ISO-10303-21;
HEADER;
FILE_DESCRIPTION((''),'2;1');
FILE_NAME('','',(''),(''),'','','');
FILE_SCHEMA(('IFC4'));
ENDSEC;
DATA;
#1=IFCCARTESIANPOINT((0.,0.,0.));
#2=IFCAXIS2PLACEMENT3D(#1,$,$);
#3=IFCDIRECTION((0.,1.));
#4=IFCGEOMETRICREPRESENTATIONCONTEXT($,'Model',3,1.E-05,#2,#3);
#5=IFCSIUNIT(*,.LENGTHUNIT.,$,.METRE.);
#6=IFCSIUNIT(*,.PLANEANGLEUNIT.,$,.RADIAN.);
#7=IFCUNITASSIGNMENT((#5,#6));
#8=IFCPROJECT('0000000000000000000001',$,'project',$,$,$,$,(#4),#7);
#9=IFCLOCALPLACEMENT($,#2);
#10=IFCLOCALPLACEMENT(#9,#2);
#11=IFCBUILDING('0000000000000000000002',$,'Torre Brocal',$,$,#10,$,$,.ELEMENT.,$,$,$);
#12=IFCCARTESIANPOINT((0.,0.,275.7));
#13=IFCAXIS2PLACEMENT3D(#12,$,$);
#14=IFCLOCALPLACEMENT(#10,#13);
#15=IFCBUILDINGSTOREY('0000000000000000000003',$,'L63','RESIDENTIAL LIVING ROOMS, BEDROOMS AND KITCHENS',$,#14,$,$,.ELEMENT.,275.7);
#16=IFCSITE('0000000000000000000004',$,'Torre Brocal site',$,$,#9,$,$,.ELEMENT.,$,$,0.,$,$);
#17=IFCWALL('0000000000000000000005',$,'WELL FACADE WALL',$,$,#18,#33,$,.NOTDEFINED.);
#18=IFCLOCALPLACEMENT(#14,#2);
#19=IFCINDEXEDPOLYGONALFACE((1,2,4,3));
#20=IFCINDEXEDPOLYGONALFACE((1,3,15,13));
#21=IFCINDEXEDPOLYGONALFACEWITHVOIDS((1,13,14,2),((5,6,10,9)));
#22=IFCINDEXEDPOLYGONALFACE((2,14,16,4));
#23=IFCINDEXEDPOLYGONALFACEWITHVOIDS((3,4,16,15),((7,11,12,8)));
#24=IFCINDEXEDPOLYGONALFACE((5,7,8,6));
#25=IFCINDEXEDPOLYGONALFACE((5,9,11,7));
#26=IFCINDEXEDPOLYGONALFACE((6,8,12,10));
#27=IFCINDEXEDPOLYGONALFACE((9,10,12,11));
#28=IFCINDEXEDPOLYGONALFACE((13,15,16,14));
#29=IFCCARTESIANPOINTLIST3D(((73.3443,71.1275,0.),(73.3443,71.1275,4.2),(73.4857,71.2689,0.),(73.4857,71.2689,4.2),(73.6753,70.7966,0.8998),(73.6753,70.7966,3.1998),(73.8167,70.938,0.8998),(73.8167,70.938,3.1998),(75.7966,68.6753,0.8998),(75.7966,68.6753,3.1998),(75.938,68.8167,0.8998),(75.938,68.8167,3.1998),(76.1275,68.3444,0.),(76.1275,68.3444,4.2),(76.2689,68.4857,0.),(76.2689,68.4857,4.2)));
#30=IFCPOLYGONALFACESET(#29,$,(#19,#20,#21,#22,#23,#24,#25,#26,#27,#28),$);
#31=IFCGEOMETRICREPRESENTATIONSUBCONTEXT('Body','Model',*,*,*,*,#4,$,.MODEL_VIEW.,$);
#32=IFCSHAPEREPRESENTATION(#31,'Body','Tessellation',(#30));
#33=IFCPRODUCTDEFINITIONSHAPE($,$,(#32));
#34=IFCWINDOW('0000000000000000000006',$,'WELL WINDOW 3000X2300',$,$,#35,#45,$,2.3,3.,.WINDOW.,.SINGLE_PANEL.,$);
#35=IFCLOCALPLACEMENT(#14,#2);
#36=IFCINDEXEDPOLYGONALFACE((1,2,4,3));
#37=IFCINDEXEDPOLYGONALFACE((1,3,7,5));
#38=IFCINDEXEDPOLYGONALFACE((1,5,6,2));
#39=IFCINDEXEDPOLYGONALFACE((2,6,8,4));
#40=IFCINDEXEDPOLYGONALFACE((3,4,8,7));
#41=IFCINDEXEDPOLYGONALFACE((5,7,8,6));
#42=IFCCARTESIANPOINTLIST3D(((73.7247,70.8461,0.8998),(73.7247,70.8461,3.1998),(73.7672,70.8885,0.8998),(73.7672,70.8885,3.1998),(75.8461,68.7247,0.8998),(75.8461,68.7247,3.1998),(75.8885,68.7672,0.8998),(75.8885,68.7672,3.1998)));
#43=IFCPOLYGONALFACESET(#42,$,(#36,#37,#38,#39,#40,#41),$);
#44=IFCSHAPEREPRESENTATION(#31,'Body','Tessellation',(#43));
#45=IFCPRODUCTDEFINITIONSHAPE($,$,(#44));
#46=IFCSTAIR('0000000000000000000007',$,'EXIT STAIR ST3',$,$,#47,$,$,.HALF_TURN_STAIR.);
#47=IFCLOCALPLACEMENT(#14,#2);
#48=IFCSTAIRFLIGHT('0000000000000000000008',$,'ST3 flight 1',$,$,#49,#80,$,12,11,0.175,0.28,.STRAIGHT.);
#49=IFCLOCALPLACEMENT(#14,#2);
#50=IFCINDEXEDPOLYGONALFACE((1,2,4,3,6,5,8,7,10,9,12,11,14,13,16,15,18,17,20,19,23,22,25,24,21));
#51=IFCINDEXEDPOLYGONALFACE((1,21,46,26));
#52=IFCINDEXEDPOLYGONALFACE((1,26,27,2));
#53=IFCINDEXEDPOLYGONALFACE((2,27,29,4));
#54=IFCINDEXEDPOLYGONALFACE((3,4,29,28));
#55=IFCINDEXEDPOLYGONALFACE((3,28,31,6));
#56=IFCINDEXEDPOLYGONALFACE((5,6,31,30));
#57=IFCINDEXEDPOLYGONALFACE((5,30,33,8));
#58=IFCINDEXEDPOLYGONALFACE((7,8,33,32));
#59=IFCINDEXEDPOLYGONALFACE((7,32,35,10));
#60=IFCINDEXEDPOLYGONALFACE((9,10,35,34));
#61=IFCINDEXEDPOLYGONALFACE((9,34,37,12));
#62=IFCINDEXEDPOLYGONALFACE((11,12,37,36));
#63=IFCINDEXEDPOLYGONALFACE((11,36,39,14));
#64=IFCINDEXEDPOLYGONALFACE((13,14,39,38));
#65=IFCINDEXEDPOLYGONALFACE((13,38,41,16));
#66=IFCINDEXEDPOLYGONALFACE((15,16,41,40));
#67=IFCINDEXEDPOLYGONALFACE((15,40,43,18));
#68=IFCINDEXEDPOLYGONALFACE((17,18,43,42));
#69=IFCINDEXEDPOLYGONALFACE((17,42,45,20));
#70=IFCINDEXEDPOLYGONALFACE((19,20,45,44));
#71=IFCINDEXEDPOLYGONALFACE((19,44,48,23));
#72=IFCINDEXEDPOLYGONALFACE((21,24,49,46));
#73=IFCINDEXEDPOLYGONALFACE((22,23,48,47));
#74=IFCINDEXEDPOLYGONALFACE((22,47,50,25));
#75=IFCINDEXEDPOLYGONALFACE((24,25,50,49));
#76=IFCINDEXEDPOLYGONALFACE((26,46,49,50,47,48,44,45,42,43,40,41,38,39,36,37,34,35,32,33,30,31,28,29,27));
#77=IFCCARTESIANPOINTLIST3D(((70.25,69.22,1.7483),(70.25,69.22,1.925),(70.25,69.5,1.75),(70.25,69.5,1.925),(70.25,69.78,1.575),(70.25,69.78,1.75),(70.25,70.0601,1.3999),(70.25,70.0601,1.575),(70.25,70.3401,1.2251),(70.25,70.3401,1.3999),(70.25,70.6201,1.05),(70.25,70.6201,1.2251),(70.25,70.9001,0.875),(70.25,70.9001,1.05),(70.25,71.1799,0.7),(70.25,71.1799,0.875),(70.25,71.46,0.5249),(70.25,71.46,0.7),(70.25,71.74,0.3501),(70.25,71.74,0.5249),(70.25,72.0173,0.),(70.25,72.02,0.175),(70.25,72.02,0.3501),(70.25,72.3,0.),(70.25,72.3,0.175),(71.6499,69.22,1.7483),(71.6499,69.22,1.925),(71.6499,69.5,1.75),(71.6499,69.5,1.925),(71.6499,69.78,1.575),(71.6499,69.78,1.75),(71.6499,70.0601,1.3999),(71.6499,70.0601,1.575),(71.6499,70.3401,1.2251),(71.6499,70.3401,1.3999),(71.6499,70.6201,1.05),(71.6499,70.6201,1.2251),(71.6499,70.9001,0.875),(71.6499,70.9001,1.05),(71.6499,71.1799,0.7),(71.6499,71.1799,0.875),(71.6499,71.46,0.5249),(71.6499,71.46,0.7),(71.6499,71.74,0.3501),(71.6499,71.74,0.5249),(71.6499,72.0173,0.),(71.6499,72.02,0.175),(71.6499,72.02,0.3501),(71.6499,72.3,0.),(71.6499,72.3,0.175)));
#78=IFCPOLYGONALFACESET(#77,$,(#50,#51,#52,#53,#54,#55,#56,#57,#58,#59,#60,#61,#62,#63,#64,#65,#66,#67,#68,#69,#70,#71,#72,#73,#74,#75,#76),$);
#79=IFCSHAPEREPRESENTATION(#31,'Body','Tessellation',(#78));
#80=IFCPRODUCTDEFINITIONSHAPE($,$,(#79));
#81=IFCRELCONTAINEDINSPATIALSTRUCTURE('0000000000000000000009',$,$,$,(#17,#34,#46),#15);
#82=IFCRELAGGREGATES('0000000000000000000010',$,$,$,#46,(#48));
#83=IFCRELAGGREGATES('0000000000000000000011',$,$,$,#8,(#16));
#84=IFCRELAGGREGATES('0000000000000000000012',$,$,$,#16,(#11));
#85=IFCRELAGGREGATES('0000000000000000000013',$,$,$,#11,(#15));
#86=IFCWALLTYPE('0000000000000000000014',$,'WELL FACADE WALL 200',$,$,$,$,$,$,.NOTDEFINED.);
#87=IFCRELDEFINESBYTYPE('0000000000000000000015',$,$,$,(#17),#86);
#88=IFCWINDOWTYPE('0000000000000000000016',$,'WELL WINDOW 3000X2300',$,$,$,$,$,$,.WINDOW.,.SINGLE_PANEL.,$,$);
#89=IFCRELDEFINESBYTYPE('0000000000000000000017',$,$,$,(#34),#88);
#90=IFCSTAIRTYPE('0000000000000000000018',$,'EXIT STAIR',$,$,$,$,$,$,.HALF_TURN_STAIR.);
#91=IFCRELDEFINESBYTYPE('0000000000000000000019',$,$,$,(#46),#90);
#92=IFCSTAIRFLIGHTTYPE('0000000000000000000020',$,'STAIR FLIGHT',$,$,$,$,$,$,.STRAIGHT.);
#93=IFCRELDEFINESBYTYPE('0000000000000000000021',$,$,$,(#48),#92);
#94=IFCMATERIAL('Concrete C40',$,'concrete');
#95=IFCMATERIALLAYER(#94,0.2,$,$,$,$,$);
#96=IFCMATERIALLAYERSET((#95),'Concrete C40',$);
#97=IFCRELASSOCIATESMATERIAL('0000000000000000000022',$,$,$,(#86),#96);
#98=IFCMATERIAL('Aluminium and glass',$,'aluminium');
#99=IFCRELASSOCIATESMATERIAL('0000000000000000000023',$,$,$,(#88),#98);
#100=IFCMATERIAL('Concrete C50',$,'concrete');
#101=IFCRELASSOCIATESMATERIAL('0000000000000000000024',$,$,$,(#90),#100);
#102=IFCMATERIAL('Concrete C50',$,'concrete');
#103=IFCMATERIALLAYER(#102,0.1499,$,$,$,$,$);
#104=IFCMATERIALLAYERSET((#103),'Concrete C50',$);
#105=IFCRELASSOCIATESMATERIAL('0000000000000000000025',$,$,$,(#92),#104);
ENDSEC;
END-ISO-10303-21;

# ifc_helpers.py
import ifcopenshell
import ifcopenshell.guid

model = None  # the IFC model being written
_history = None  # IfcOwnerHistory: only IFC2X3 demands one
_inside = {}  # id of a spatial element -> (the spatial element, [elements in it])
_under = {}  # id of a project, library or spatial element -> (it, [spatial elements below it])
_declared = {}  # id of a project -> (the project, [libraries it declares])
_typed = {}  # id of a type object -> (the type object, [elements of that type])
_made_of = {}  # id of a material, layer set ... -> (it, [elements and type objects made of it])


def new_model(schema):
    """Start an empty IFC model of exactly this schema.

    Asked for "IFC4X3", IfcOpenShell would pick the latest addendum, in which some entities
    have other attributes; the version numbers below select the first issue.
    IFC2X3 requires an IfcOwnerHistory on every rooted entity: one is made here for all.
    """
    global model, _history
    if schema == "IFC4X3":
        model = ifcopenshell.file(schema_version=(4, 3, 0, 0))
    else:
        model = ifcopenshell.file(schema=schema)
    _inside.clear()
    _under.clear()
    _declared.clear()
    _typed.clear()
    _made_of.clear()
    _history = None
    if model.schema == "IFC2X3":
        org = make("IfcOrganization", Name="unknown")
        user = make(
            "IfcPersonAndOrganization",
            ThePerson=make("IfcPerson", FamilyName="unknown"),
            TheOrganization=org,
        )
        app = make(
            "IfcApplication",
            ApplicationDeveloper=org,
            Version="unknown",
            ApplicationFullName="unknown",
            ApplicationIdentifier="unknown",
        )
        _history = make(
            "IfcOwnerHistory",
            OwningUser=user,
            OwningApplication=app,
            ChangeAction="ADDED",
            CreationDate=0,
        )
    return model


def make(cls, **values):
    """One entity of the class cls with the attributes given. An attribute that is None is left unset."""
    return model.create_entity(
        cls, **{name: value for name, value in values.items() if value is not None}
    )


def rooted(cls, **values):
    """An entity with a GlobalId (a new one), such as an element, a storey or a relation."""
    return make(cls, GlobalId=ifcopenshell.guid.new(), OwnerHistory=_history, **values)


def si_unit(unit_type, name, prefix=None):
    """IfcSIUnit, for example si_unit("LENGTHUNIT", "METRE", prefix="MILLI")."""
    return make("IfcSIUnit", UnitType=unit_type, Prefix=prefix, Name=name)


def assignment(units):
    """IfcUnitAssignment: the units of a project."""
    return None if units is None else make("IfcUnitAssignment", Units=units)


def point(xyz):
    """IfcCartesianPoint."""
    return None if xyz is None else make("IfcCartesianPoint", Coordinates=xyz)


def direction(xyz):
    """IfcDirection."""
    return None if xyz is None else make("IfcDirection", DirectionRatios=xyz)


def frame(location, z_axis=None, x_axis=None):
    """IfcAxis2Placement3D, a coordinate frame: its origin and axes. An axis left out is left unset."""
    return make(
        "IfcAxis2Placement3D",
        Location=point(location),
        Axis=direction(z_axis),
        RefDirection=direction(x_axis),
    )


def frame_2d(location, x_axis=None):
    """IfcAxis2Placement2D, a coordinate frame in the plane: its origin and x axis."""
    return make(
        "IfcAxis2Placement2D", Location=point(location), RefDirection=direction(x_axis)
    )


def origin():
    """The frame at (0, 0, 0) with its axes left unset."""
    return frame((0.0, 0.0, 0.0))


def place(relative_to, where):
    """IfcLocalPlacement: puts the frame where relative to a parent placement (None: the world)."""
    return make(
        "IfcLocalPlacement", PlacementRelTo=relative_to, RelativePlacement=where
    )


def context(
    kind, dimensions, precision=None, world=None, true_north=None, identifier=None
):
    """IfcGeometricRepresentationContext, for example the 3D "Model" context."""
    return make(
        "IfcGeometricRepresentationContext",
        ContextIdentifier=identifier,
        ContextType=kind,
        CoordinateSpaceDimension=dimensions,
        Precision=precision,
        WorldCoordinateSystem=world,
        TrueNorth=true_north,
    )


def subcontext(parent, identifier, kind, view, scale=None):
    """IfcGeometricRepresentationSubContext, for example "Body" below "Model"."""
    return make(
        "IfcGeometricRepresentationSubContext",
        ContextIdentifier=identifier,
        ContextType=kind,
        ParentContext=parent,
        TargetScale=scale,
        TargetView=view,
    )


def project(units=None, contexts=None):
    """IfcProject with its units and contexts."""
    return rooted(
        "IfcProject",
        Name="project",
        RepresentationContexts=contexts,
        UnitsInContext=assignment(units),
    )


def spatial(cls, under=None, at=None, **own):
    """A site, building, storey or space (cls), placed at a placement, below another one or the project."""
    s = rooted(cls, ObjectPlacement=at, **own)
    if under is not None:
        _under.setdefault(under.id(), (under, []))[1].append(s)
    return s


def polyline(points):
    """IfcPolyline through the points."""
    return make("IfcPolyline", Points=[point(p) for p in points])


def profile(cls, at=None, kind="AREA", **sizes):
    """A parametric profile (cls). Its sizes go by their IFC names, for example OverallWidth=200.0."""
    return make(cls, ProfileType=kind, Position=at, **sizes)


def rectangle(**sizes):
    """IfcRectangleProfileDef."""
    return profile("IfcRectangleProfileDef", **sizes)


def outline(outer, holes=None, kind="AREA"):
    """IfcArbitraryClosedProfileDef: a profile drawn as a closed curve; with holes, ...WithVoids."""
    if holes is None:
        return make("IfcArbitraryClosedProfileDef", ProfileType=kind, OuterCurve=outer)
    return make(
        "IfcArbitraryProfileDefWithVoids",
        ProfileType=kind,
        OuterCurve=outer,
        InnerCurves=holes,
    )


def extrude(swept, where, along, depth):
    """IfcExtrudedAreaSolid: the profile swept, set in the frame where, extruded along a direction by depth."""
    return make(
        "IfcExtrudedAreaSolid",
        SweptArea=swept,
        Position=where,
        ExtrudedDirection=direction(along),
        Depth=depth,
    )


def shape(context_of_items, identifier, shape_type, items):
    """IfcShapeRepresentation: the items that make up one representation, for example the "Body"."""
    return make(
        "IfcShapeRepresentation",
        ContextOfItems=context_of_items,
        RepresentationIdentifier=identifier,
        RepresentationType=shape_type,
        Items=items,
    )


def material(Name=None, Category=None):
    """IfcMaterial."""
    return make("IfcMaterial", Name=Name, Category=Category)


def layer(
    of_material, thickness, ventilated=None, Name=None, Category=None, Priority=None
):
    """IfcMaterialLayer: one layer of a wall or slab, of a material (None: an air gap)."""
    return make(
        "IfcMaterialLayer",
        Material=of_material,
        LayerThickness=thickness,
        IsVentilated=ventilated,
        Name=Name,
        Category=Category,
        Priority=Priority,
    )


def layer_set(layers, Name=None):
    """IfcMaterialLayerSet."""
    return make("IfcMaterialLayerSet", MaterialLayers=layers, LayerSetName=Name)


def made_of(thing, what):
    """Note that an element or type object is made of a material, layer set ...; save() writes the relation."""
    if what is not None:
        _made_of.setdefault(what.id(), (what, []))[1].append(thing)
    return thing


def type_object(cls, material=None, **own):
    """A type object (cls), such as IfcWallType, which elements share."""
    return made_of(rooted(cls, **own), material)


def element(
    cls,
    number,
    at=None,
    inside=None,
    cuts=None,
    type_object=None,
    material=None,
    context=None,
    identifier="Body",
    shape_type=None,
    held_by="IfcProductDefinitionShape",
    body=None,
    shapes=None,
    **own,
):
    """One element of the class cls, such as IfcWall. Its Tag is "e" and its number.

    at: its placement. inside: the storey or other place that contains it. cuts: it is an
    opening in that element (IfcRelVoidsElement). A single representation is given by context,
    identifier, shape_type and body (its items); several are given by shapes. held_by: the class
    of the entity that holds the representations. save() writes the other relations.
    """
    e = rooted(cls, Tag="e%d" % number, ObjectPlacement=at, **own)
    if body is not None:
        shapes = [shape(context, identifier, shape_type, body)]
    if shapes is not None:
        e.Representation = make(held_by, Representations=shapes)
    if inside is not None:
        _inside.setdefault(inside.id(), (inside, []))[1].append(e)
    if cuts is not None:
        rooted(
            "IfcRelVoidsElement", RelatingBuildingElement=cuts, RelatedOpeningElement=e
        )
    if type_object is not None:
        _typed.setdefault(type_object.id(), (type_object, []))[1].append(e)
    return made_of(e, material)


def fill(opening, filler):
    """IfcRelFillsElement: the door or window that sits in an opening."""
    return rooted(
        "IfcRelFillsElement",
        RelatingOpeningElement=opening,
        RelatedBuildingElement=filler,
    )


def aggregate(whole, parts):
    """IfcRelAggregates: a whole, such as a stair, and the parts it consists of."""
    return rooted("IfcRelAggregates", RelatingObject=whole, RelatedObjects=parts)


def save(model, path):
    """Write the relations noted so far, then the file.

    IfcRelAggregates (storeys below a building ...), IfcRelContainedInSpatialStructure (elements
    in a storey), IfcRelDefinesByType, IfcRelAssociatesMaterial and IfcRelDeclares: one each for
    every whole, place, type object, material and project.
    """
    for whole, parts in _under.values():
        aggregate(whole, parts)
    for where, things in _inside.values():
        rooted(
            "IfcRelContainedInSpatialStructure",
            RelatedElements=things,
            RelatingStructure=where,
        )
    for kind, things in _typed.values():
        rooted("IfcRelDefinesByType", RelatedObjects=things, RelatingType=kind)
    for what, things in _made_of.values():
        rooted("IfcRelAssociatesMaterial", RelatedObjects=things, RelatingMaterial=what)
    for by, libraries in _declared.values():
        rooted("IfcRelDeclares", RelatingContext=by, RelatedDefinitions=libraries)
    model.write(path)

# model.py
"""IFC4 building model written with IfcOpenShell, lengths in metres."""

from ifc_helpers import new_model, si_unit, direction, frame, frame_2d, origin, place, context, subcontext, project, spatial, polyline, rectangle, outline, extrude, material, layer, layer_set, type_object, element, fill, aggregate, save


model = new_model("IFC4")

# Units and contexts
model_context = context("Model", 3, precision=1e-05, world=origin(), true_north=direction((0.0, 1.0)))
body_context = subcontext(model_context, "Body", "Model", "MODEL_VIEW")
ifc_project = project(units=[si_unit("LENGTHUNIT", "METRE"), si_unit("PLANEANGLEUNIT", "RADIAN")], contexts=[model_context])

# Site, building, storey
site_placement = place(None, origin())
site = spatial("IfcSite", under=ifc_project, at=site_placement, Name="Torre Brocal site", CompositionType="ELEMENT", RefElevation=0.0)
building_placement = place(site_placement, origin())
building = spatial("IfcBuilding", under=site, at=building_placement, Name="Torre Brocal", CompositionType="ELEMENT")
storey_placement = place(building_placement, frame((0.0, 0.0, 275.7)))
storey = spatial("IfcBuildingStorey", under=building, at=storey_placement, Name="L63", Description="RESIDENTIAL LIVING ROOMS, BEDROOMS AND KITCHENS", CompositionType="ELEMENT", Elevation=275.7)

# Wall, opening, window
ifc_material_1 = material(Name="Concrete C40", Category="concrete")
ifc_layer_1 = layer(ifc_material_1, 0.2)
ifc_layer_set_1 = layer_set([ifc_layer_1], Name="Concrete C40")
wall_type_1 = type_object("IfcWallType", Name="WELL FACADE WALL 200", PredefinedType="NOTDEFINED", material=ifc_layer_set_1)
ifc_material_2 = material(Name="Aluminium and glass", Category="aluminium")
window_type = type_object("IfcWindowType", Name="WELL WINDOW 3000X2300", PartitioningType="SINGLE_PANEL", PredefinedType="WINDOW", material=ifc_material_2)
wall_1_placement = place(storey_placement, frame((73.415, 71.1982, 0.0), z_axis=(0.0, 0.0, 1.0), x_axis=(0.707107, -0.707107, 0.0)))
wall_1 = element("IfcWall", 1, at=wall_1_placement, inside=storey, type_object=wall_type_1, Name="WELL FACADE WALL", PredefinedType="NOTDEFINED", context=body_context, shape_type="SweptSolid", body=[
    extrude(rectangle(XDim=3.936, YDim=0.2, at=frame_2d((1.968, 0.0))), origin(), (0.0, 0.0, 1.0), 4.2),
])
opening_1_placement = place(wall_1_placement, frame((0.468, 0.0, 0.8999)))
opening_1 = element("IfcOpeningElement", 2, at=opening_1_placement, cuts=wall_1, PredefinedType="OPENING", context=body_context, shape_type="SweptSolid", body=[
    extrude(rectangle(XDim=3.0, YDim=2.3, at=frame_2d((1.5, 1.1499))), frame((0.0, 0.1099, 0.0), z_axis=(0.0, -1.0, 0.0), x_axis=(1.0, 0.0, 0.0)), (0.0, 0.0, 1.0), 0.22),
])
window_1_placement = place(opening_1_placement, origin())
window_1 = element("IfcWindow", 3, at=window_1_placement, inside=storey, type_object=window_type, Name="WELL WINDOW 3000X2300", OverallHeight=2.3, OverallWidth=3.0, PartitioningType="SINGLE_PANEL", PredefinedType="WINDOW", context=body_context, shape_type="SweptSolid", body=[
    extrude(rectangle(XDim=3.0, YDim=2.3, at=frame_2d((1.5, 1.1499))), frame((0.0, 0.03, 0.0), z_axis=(0.0, -1.0, 0.0), x_axis=(1.0, 0.0, 0.0)), (0.0, 0.0, 1.0), 0.0601),
])
fill(opening_1, window_1)

# Stair, stair flight
ifc_material_3 = material(Name="Concrete C50", Category="concrete")
stair_type = type_object("IfcStairType", Name="EXIT STAIR", PredefinedType="HALF_TURN_STAIR", material=ifc_material_3)
stair_placement = place(storey_placement, origin())
stair = element("IfcStair", 4, at=stair_placement, inside=storey, type_object=stair_type, Name="EXIT STAIR ST3", PredefinedType="HALF_TURN_STAIR")
ifc_material_4 = material(Name="Concrete C50", Category="concrete")
ifc_layer_2 = layer(ifc_material_4, 0.1499)
ifc_layer_set_2 = layer_set([ifc_layer_2], Name="Concrete C50")
stair_flight_type = type_object("IfcStairFlightType", Name="STAIR FLIGHT", PredefinedType="STRAIGHT", material=ifc_layer_set_2)
stair_flight_placement = place(storey_placement, frame((70.95, 72.3, 0.0), z_axis=(0.0, 0.0, 1.0), x_axis=(0.0, -1.0, 0.0)))
stair_flight = element("IfcStairFlight", 5, at=stair_flight_placement, type_object=stair_flight_type, Name="ST3 flight 1", NumberOfRisers=12, NumberOfTreads=11, PredefinedType="STRAIGHT", RiserHeight=0.175, TreadLength=0.28, context=body_context, shape_type="SweptSolid", body=[
    extrude(outline(polyline([(0.0, 0.0), (0.0, 0.175), (0.28, 0.175), (0.28, 0.3501), (0.5601, 0.3501), (0.5601, 0.5249), (0.8401, 0.5249), (0.8401, 0.7), (1.1201, 0.7), (1.1201, 0.875), (1.3999, 0.875), (1.3999, 1.05), (1.6799, 1.05), (1.6799, 1.2251), (1.96, 1.2251), (1.96, 1.3999), (2.24, 1.3999), (2.24, 1.575), (2.52, 1.575), (2.52, 1.75), (2.8, 1.75), (2.8, 1.925), (3.0801, 1.925), (3.0801, 2.1001), (3.0801, 1.7483), (0.2827, 0.0), (0.0, 0.0)])), frame((0.0, 0.7, 0.0), z_axis=(0.0, -1.0, 0.0), x_axis=(1.0, 0.0, 0.0)), (0.0, 0.0, 1.0), 1.3999),
])
aggregate(stair, [stair_flight])

save(model, "model.ifc")
